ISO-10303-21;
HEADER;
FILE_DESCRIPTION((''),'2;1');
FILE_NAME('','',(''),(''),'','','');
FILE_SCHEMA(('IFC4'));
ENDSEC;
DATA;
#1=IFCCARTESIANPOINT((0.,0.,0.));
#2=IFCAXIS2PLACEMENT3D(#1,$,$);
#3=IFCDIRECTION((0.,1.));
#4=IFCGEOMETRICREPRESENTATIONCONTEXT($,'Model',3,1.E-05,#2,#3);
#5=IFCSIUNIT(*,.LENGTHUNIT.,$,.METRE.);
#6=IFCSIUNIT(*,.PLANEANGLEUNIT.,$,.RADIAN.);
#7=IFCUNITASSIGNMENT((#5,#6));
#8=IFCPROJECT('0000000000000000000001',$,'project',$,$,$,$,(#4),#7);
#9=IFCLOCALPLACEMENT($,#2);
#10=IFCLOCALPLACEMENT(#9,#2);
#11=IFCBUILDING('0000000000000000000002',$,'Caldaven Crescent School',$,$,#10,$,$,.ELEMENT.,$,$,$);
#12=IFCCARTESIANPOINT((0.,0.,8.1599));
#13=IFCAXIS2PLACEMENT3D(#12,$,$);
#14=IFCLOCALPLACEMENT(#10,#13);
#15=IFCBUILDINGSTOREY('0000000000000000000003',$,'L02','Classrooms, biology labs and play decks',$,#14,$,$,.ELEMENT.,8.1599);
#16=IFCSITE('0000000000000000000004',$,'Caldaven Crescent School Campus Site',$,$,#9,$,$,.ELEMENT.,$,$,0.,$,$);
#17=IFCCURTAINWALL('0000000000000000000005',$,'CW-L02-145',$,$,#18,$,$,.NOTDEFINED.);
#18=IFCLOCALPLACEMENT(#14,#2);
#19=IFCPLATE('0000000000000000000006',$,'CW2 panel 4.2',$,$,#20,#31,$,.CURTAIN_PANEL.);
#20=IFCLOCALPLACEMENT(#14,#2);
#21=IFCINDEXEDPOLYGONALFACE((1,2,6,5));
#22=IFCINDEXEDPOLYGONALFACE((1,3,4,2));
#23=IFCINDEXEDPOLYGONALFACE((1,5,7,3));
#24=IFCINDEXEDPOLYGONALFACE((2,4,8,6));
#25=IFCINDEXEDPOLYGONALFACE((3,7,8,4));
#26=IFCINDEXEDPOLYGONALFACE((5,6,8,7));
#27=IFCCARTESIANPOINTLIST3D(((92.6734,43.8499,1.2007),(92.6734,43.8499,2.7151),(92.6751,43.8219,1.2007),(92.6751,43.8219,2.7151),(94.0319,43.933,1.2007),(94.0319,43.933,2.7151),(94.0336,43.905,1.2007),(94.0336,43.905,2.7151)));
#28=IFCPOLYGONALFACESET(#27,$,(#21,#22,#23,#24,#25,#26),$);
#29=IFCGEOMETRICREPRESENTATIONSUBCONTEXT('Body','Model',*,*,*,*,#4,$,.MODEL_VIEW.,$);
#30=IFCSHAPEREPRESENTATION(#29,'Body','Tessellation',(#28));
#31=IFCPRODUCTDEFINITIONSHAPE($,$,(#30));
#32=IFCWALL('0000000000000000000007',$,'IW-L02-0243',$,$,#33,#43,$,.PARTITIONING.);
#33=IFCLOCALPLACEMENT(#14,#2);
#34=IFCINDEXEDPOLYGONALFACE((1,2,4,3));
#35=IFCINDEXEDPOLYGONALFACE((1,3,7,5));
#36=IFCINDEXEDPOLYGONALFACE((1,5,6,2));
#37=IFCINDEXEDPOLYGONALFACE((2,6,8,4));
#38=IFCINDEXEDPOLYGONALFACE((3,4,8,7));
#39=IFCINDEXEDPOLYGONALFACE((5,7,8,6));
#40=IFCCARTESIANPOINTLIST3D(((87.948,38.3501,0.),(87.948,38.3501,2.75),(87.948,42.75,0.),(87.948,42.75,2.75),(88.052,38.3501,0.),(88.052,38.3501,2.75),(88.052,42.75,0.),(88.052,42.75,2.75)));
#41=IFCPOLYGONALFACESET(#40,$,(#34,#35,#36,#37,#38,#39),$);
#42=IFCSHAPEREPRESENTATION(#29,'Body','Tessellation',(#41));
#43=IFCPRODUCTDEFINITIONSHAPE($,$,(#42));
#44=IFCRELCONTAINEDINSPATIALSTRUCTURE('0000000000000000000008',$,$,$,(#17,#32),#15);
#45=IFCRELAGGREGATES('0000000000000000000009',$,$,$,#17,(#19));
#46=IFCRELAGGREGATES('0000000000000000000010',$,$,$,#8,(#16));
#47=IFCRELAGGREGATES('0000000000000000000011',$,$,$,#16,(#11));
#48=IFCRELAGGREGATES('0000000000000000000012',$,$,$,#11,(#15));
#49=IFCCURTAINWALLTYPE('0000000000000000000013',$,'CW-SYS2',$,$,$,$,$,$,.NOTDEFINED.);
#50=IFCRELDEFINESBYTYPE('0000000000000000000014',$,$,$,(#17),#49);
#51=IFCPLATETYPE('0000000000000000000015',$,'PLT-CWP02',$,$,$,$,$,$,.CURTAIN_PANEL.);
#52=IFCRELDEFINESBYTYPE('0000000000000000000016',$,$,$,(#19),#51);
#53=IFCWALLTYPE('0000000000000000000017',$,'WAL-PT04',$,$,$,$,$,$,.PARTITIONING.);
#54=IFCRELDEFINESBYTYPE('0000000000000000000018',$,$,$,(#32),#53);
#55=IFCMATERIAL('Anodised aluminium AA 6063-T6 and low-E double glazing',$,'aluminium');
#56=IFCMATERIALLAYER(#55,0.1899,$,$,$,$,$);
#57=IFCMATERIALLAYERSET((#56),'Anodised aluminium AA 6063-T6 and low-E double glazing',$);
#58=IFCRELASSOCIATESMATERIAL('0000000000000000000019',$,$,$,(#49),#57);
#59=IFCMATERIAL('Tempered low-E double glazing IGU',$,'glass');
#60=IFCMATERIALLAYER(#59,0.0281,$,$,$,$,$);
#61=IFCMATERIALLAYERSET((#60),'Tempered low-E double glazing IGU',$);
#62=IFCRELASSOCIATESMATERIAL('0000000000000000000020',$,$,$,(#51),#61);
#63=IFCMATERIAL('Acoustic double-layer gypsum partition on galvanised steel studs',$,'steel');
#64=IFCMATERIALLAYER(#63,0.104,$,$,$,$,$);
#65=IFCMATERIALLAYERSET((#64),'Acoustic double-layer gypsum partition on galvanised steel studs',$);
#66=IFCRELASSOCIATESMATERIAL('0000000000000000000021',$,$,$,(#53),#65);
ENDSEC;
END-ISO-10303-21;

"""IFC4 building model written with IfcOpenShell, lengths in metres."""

from ifc_helpers import new_model, si_unit, direction, frame, frame_2d, origin, origin_2d, place, context, subcontext, project, spatial, rectangle, extrude, material, layer, layer_set, type_object, element, aggregate, save


model = new_model("IFC4")

# Units and contexts
model_context = context("Model", 3, precision=1e-05, world=origin(), true_north=direction((0.0, 1.0)))
body_context = subcontext(model_context, "Body", "Model", "MODEL_VIEW")
ifc_project = project(units=[si_unit("LENGTHUNIT", "METRE"), si_unit("PLANEANGLEUNIT", "RADIAN")], contexts=[model_context])

# Site, building, storey
site_placement = place(None, origin())
site = spatial("IfcSite", under=ifc_project, at=site_placement, Name="Caldaven Crescent School Campus Site", CompositionType="ELEMENT", RefElevation=0.0)
building_placement = place(site_placement, origin())
building = spatial("IfcBuilding", under=site, at=building_placement, Name="Caldaven Crescent School", CompositionType="ELEMENT")
storey_placement = place(building_placement, frame((0.0, 0.0, 8.1599)))
storey = spatial("IfcBuildingStorey", under=building, at=storey_placement, Name="L02", Description="Classrooms, biology labs and play decks", CompositionType="ELEMENT", Elevation=8.1599)

# Curtain wall
ifc_material_1 = material(Name="Anodised aluminium AA 6063-T6 and low-E double glazing", Category="aluminium")
ifc_layer_1 = layer(ifc_material_1, 0.1899)
ifc_layer_set_1 = layer_set([ifc_layer_1], Name="Anodised aluminium AA 6063-T6 and low-E double glazing")
curtain_wall_type = type_object("IfcCurtainWallType", Name="CW-SYS2", PredefinedType="NOTDEFINED", material=ifc_layer_set_1)
curtain_wall_placement = place(storey_placement, origin())
curtain_wall = element("IfcCurtainWall", 1, at=curtain_wall_placement, inside=storey, type_object=curtain_wall_type, Name="CW-L02-145", PredefinedType="NOTDEFINED")

# Plate
ifc_material_2 = material(Name="Tempered low-E double glazing IGU", Category="glass")
ifc_layer_2 = layer(ifc_material_2, 0.0281)
ifc_layer_set_2 = layer_set([ifc_layer_2], Name="Tempered low-E double glazing IGU")
plate_type = type_object("IfcPlateType", Name="PLT-CWP02", PredefinedType="CURTAIN_PANEL", material=ifc_layer_set_2)
plate_1_placement = place(storey_placement, frame((93.3535, 43.8774, 1.2007), z_axis=(0.0, 0.0, 1.0), x_axis=(0.998135, 0.061049, 0.0)))
plate_1 = element("IfcPlate", 2, at=plate_1_placement, type_object=plate_type, Name="CW2 panel 4.2", PredefinedType="CURTAIN_PANEL", context=body_context, shape_type="SweptSolid", body=[
    extrude(rectangle(XDim=1.3611, YDim=0.0281, at=origin_2d()), origin(), (0.0, 0.0, 1.0), 1.5144),
])
aggregate(curtain_wall, [plate_1])

# Wall
ifc_material_3 = material(Name="Acoustic double-layer gypsum partition on galvanised steel studs", Category="steel")
ifc_layer_3 = layer(ifc_material_3, 0.104)
ifc_layer_set_3 = layer_set([ifc_layer_3], Name="Acoustic double-layer gypsum partition on galvanised steel studs")
wall_type = type_object("IfcWallType", Name="WAL-PT04", PredefinedType="PARTITIONING", material=ifc_layer_set_3)
wall_placement = place(storey_placement, frame((88.0, 42.75, 0.0), z_axis=(0.0, 0.0, 1.0), x_axis=(0.0, -1.0, 0.0)))
element("IfcWall", 3, at=wall_placement, inside=storey, type_object=wall_type, Name="IW-L02-0243", PredefinedType="PARTITIONING", context=body_context, shape_type="SweptSolid", body=[
    extrude(rectangle(XDim=4.3999, YDim=0.104, at=frame_2d((2.2, 0.0))), origin(), (0.0, 0.0, 1.0), 2.75),
])

save(model, "model.ifc")
